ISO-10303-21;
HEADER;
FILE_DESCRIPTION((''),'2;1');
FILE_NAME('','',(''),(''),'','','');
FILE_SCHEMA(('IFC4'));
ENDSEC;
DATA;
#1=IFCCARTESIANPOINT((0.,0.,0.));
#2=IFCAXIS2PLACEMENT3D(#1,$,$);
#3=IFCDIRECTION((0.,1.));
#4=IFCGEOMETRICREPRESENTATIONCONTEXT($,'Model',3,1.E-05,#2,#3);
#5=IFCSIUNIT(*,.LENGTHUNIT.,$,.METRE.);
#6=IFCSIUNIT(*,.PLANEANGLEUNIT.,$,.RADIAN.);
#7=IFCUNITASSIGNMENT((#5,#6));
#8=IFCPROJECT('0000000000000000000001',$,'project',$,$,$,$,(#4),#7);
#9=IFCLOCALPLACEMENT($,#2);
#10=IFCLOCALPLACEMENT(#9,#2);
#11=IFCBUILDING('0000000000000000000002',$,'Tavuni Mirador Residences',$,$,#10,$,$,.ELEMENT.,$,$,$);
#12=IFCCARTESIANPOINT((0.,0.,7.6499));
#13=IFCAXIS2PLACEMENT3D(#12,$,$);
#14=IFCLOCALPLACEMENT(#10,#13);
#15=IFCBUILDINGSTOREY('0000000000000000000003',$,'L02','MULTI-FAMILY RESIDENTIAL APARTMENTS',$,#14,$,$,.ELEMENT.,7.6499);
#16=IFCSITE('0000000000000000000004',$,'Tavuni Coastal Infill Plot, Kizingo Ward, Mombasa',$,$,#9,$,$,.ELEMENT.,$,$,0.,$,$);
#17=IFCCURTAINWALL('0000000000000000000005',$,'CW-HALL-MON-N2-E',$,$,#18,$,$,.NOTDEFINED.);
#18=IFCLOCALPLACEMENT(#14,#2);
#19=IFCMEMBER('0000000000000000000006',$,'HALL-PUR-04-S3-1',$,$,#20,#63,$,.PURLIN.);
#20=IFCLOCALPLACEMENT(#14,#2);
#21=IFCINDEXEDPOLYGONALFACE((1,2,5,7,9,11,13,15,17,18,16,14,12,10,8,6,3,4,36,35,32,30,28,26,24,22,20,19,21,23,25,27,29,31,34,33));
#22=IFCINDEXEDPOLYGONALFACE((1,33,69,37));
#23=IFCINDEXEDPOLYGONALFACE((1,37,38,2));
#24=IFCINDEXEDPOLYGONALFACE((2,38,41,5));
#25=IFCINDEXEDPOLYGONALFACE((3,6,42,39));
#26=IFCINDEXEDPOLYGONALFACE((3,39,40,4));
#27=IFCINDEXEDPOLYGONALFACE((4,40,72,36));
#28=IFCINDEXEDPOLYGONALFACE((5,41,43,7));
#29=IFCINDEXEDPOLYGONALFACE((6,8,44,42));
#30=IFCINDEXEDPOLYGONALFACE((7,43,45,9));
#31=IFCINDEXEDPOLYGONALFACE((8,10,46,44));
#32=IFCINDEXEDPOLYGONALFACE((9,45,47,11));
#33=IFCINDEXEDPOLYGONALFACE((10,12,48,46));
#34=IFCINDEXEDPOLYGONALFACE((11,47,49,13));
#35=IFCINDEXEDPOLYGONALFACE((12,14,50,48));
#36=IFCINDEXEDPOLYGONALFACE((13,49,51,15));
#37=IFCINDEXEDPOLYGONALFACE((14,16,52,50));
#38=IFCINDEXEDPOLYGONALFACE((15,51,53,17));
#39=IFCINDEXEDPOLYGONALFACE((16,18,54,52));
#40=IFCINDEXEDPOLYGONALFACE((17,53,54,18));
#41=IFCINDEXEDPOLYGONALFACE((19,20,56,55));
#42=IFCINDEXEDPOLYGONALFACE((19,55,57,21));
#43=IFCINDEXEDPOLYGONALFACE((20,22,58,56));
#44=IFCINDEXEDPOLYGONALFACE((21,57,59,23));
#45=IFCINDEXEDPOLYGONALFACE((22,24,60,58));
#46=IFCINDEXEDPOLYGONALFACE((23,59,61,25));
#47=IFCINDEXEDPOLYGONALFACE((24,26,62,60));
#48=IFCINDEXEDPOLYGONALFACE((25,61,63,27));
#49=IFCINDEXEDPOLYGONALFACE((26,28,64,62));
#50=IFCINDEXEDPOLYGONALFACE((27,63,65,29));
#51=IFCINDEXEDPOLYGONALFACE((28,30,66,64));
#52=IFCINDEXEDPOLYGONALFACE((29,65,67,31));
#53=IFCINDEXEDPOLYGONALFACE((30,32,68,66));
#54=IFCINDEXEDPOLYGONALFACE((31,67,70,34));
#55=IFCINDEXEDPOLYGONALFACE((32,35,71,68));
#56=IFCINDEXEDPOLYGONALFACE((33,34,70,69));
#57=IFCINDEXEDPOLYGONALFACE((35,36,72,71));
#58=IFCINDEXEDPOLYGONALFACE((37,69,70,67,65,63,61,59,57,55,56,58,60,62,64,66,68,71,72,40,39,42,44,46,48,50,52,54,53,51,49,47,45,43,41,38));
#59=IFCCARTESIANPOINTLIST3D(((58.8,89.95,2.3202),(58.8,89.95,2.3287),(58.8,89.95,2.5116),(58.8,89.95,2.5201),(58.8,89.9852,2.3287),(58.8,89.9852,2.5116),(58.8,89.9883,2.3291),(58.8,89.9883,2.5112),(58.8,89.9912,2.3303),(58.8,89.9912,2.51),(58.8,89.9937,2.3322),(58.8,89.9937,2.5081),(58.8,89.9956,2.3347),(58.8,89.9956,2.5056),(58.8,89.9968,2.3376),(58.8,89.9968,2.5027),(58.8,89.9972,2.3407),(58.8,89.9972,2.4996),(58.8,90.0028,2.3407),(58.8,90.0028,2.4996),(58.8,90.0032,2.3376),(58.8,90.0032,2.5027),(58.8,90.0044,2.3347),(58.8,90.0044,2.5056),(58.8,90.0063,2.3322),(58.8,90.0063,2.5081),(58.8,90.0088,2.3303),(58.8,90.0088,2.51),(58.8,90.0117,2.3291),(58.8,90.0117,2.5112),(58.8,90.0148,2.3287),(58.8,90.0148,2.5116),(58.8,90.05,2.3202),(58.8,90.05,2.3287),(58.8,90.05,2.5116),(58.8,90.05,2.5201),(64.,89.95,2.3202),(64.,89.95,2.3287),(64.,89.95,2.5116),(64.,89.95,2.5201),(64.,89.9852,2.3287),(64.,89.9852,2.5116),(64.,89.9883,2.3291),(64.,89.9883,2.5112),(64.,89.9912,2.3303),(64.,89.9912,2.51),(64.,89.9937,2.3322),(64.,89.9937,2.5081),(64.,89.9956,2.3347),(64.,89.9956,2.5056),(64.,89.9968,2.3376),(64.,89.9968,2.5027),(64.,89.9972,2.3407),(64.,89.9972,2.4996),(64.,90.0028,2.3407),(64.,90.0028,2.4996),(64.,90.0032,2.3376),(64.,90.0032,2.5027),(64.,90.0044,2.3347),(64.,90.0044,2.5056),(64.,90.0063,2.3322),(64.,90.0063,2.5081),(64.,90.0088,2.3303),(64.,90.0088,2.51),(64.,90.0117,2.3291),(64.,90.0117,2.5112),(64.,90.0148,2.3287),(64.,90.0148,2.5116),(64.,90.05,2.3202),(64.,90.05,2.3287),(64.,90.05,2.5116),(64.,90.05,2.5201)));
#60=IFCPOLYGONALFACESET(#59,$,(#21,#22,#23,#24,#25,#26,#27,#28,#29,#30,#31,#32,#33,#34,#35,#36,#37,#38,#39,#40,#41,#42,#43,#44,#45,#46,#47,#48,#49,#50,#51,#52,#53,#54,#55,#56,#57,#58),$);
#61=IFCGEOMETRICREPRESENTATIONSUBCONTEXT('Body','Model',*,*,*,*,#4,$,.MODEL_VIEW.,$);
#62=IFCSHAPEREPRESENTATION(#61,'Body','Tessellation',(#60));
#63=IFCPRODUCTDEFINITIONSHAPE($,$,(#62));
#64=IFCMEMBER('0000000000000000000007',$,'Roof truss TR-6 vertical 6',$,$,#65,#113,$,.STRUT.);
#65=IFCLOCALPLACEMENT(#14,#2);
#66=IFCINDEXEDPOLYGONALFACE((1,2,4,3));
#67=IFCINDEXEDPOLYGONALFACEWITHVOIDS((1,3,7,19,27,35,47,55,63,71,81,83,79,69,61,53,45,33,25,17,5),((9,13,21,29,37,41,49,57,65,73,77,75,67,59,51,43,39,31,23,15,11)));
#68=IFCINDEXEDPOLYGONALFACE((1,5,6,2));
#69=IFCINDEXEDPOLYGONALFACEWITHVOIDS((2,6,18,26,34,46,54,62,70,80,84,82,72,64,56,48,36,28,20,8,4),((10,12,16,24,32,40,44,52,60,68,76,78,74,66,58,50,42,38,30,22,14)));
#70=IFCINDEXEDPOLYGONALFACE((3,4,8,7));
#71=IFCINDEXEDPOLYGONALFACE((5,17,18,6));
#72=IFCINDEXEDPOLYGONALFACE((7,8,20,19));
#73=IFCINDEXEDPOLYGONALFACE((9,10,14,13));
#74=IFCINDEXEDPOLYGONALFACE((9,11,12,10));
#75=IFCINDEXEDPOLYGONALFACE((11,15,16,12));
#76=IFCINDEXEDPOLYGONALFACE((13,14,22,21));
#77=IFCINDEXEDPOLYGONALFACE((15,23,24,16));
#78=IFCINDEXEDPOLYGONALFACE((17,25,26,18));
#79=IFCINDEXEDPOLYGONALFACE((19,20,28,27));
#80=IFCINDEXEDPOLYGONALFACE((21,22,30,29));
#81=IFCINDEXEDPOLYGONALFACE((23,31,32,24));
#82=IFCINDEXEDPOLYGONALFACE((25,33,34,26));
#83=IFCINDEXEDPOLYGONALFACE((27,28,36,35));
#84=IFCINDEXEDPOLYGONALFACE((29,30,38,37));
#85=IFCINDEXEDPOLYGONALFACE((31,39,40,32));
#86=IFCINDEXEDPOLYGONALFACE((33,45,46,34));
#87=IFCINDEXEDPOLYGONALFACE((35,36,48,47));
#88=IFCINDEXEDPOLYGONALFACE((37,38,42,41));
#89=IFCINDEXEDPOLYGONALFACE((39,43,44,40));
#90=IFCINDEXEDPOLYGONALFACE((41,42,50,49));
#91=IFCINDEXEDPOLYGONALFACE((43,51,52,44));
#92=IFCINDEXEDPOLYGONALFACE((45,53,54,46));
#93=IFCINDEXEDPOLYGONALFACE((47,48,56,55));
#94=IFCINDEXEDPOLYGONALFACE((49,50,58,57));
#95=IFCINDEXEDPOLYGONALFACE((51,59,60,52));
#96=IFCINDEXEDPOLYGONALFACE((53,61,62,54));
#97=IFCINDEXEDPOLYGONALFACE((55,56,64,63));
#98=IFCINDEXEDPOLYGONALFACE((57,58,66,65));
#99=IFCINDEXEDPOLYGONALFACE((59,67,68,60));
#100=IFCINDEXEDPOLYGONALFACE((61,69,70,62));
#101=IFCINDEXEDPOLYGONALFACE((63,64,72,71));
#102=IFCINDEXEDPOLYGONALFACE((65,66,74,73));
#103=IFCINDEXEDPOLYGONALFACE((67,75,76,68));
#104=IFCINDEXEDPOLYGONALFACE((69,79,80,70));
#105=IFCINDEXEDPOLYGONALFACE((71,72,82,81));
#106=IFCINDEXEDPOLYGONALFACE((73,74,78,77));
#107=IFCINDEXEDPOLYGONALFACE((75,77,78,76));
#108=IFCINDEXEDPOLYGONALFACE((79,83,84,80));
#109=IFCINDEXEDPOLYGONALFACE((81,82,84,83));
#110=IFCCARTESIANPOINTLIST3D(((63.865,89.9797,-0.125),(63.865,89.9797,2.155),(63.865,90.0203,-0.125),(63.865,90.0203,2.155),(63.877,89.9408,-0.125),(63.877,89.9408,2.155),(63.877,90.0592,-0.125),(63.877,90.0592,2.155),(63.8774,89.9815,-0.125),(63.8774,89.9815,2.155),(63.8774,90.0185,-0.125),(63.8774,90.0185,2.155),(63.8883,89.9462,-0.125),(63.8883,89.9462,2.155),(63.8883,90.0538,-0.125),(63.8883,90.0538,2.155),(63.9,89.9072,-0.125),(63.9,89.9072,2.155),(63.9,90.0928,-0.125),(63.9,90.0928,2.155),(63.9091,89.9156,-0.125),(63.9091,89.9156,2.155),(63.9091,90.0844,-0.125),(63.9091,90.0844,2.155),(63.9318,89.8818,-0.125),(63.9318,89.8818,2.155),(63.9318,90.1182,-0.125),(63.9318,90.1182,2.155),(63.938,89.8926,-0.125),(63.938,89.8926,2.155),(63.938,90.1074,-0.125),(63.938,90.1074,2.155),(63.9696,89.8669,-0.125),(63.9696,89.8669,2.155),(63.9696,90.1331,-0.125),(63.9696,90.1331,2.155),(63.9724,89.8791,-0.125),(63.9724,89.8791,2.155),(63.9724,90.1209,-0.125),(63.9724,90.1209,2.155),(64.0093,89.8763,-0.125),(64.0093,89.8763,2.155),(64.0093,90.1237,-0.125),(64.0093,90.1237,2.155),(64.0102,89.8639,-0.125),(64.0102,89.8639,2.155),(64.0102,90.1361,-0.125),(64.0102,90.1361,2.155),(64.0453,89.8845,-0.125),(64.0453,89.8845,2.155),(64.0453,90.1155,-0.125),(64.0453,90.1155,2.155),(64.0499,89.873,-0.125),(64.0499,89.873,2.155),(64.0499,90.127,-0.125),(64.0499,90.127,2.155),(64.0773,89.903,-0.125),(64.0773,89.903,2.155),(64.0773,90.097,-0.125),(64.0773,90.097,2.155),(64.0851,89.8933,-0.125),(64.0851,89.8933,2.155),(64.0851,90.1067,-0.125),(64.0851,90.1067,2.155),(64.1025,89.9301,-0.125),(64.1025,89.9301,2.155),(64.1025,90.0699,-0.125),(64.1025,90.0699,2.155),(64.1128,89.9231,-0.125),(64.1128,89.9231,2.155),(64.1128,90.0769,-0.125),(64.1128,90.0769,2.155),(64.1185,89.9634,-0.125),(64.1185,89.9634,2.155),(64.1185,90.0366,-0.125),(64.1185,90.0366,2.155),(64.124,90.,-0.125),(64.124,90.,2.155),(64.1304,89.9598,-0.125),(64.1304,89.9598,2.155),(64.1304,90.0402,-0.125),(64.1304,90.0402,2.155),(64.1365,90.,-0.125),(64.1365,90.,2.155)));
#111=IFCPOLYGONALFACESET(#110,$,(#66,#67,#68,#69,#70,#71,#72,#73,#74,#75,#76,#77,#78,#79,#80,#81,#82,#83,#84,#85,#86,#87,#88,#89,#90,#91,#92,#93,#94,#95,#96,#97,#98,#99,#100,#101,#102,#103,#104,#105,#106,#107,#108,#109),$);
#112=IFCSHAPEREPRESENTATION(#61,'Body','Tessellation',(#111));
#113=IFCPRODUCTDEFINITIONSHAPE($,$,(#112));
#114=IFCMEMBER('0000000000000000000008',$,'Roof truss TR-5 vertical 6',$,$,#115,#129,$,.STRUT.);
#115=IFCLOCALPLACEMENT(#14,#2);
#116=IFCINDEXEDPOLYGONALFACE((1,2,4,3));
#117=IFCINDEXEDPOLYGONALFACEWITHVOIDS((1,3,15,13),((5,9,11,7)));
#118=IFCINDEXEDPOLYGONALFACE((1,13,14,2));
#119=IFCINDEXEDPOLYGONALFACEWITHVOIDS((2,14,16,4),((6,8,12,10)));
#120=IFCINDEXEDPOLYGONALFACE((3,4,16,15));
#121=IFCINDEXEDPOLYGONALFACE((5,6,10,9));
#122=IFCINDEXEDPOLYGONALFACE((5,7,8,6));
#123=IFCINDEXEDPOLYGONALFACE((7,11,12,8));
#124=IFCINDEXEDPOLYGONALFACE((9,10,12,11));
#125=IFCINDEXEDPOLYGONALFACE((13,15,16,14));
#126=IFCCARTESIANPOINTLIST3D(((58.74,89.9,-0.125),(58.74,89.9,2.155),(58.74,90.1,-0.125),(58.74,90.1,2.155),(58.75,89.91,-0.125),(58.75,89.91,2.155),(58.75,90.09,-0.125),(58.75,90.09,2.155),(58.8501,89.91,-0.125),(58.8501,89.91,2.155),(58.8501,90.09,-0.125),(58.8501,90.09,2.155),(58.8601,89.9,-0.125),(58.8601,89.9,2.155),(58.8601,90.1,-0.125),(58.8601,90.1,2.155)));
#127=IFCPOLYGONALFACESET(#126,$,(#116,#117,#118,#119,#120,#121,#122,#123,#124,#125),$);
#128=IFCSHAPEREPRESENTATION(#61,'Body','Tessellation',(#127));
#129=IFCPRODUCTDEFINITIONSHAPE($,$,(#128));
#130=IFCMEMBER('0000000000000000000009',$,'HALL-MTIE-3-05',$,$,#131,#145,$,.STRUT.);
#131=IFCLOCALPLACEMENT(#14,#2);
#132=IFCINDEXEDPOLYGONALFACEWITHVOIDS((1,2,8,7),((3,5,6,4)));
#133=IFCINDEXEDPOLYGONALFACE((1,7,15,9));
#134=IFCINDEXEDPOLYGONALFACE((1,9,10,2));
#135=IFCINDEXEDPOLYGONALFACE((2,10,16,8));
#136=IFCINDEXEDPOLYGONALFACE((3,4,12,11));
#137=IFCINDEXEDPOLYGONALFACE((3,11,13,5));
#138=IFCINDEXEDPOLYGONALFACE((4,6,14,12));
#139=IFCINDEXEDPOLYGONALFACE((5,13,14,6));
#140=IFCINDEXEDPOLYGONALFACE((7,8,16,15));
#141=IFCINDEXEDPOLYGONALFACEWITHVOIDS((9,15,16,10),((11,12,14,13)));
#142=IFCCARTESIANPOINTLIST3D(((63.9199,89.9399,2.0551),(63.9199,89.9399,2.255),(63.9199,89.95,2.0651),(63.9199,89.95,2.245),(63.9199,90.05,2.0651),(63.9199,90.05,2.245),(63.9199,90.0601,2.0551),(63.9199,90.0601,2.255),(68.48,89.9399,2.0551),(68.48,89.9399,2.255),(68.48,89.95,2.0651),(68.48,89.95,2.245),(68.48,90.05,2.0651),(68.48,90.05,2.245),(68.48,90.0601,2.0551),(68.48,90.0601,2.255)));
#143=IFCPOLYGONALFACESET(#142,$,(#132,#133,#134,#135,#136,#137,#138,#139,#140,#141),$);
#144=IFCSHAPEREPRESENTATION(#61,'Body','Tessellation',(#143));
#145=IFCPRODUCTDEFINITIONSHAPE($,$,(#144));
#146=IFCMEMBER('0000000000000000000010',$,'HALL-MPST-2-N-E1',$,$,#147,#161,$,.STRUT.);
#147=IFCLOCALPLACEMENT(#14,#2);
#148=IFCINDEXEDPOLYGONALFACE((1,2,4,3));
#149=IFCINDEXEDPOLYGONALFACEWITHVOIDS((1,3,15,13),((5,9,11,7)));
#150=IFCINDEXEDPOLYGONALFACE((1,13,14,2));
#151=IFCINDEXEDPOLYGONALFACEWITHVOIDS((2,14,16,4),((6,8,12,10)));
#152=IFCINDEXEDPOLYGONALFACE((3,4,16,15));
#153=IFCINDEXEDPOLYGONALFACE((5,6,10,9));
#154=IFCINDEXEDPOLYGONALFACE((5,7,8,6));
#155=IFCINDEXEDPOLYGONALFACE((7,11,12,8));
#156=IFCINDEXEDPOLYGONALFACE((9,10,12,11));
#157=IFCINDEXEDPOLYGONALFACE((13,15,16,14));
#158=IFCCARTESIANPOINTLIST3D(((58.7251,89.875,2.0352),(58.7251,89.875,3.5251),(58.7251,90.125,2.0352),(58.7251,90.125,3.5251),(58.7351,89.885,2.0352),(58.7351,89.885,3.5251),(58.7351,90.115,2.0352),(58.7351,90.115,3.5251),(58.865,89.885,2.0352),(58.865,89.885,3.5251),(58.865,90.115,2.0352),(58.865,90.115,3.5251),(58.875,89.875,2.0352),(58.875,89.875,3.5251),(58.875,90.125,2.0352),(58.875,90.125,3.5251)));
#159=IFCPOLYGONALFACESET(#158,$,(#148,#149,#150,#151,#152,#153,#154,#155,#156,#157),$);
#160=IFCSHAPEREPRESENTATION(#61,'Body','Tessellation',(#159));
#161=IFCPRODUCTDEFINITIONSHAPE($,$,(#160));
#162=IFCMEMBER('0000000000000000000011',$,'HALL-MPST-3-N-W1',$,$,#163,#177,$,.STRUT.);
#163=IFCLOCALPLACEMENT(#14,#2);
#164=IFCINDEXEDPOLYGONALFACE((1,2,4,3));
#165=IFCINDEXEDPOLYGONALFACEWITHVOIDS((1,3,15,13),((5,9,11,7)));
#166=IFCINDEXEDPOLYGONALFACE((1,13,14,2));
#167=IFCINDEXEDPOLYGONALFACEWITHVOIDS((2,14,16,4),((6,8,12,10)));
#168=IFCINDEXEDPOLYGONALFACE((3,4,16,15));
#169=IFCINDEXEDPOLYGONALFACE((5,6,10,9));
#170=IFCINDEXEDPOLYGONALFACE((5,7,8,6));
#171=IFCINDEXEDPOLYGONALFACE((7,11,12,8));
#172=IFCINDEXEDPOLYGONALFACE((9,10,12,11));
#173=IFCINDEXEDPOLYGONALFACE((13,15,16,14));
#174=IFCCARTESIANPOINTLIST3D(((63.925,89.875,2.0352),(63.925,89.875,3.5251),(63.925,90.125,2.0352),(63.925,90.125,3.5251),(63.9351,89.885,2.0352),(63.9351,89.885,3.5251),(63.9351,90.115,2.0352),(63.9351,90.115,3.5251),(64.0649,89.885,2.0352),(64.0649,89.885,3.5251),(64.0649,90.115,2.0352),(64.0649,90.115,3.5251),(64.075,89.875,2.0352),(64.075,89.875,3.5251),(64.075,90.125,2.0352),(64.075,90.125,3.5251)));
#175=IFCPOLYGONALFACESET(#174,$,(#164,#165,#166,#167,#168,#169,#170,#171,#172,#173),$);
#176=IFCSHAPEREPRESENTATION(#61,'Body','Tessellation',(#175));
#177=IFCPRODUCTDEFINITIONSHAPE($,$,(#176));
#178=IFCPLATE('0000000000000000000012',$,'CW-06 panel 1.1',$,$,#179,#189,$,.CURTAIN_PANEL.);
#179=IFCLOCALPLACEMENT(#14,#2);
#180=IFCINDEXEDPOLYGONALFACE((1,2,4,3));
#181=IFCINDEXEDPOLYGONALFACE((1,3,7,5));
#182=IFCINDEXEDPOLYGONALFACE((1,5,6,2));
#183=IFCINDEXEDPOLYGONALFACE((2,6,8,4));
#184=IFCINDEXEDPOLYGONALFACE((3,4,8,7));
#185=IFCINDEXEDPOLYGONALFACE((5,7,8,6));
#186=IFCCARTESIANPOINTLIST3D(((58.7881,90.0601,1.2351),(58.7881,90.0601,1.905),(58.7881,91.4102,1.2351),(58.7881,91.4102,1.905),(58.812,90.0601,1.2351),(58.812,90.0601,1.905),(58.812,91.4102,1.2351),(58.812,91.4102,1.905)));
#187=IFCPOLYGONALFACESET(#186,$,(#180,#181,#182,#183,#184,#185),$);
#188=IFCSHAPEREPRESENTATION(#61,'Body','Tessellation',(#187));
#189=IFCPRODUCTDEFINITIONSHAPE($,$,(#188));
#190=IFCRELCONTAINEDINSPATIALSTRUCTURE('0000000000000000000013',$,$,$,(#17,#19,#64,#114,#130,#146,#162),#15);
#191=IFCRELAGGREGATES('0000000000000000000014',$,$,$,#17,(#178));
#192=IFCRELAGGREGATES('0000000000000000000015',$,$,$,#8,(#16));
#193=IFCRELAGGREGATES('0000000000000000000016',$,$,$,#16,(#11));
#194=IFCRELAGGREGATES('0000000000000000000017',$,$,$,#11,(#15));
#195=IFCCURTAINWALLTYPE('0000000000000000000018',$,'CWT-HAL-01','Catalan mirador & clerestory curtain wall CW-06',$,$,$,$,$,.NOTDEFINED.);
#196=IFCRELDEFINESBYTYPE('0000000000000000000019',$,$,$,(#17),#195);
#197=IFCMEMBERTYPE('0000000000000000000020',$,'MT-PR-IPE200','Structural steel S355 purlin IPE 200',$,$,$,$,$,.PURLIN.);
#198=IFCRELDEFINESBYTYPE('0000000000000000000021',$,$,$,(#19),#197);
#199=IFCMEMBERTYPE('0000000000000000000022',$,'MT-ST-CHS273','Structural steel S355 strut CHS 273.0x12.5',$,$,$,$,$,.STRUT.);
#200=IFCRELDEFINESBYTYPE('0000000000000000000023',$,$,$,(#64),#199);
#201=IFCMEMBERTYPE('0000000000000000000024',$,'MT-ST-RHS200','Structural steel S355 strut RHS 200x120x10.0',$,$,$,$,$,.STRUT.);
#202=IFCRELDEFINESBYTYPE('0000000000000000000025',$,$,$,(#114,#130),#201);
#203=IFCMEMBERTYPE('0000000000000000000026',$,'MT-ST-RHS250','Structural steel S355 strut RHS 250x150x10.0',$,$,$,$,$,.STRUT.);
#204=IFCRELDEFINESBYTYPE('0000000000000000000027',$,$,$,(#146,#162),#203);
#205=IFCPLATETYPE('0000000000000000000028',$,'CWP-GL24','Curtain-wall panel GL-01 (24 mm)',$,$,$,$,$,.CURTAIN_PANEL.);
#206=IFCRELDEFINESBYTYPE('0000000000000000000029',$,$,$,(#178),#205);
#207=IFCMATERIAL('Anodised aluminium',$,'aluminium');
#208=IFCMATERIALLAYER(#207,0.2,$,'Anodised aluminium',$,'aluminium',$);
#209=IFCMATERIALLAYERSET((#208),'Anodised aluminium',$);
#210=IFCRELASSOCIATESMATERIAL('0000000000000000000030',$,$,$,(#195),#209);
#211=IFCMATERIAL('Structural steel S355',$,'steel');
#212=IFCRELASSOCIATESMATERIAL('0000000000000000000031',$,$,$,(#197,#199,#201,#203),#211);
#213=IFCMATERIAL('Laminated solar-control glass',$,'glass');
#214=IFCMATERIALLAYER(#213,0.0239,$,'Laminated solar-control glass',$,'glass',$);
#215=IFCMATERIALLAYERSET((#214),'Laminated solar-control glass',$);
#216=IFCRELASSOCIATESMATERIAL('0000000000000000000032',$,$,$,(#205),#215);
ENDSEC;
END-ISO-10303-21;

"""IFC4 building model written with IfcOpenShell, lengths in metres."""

from ifc_helpers import new_model, si_unit, direction, frame, origin, origin_2d, place, context, subcontext, project, spatial, rectangle, hollow_rectangle, hollow_circle, i_section, extrude, material, layer, layer_set, material_profile, profile_set, type_object, element, aggregate, save


model = new_model("IFC4")

# Units and contexts
model_context = context("Model", 3, precision=1e-05, world=origin(), true_north=direction((0.0, 1.0)))
body_context = subcontext(model_context, "Body", "Model", "MODEL_VIEW")
ifc_project = project(units=[si_unit("LENGTHUNIT", "METRE"), si_unit("PLANEANGLEUNIT", "RADIAN")], contexts=[model_context])

# Site, building, storey
site_placement = place(None, origin())
site = spatial("IfcSite", under=ifc_project, at=site_placement, Name="Tavuni Coastal Infill Plot, Kizingo Ward, Mombasa", CompositionType="ELEMENT", RefElevation=0.0)
building_placement = place(site_placement, origin())
building = spatial("IfcBuilding", under=site, at=building_placement, Name="Tavuni Mirador Residences", CompositionType="ELEMENT")
storey_placement = place(building_placement, frame((0.0, 0.0, 7.6499)))
storey = spatial("IfcBuildingStorey", under=building, at=storey_placement, Name="L02", Description="MULTI-FAMILY RESIDENTIAL APARTMENTS", CompositionType="ELEMENT", Elevation=7.6499)

# Curtain wall
ifc_material_1 = material(Name="Anodised aluminium", Category="aluminium")
ifc_layer_1 = layer(ifc_material_1, 0.2, Name="Anodised aluminium", Category="aluminium")
ifc_layer_set_1 = layer_set([ifc_layer_1], Name="Anodised aluminium")
curtain_wall_type = type_object("IfcCurtainWallType", Name="CWT-HAL-01", Description="Catalan mirador & clerestory curtain wall CW-06", PredefinedType="NOTDEFINED", material=ifc_layer_set_1)
curtain_wall_1_placement = place(storey_placement, origin())
curtain_wall_1 = element("IfcCurtainWall", 1, at=curtain_wall_1_placement, inside=storey, type_object=curtain_wall_type, Name="CW-HALL-MON-N2-E", PredefinedType="NOTDEFINED")

# Members
ifc_material_2 = material(Name="Structural steel S355", Category="steel")
ifc_material_profile_1 = material_profile(ifc_material_2, i_section(OverallWidth=0.1001, OverallDepth=0.2, WebThickness=0.0056, FlangeThickness=0.0085, FilletRadius=0.012, at=origin_2d()), Name="IPE 200", Category="steel")
ifc_profile_set_1 = profile_set([ifc_material_profile_1], Name="Structural steel S355")
member_type_1 = type_object("IfcMemberType", Name="MT-PR-IPE200", Description="Structural steel S355 purlin IPE 200", PredefinedType="PURLIN", material=ifc_profile_set_1)
member_1_placement = place(storey_placement, frame((58.8, 90.0, 2.4202), z_axis=(1.0, 0.0, 0.0), x_axis=(0.0, 1.0, 0.0)))
element("IfcMember", 2, at=member_1_placement, inside=storey, type_object=member_type_1, Name="HALL-PUR-04-S3-1", PredefinedType="PURLIN", context=body_context, shape_type="SweptSolid", body=[
    extrude(i_section(OverallWidth=0.1001, OverallDepth=0.2, WebThickness=0.0056, FlangeThickness=0.0085, FilletRadius=0.012, at=origin_2d()), origin(), (0.0, 0.0, 1.0), 5.2),
])
ifc_material_profile_2 = material_profile(ifc_material_2, hollow_circle(Radius=0.1365, WallThickness=0.0125, at=origin_2d()), Name="CHS 273.0x12.5", Category="steel")
ifc_profile_set_2 = profile_set([ifc_material_profile_2], Name="Structural steel S355")
member_type_2 = type_object("IfcMemberType", Name="MT-ST-CHS273", Description="Structural steel S355 strut CHS 273.0x12.5", PredefinedType="STRUT", material=ifc_profile_set_2)
member_2_placement = place(storey_placement, frame((64.0, 90.0, -0.125), z_axis=(0.0, 0.0, 1.0), x_axis=(1.0, 0.0, 0.0)))
element("IfcMember", 3, at=member_2_placement, inside=storey, type_object=member_type_2, Name="Roof truss TR-6 vertical 6", PredefinedType="STRUT", context=body_context, shape_type="SweptSolid", body=[
    extrude(hollow_circle(Radius=0.1365, WallThickness=0.0125, at=origin_2d()), origin(), (0.0, 0.0, 1.0), 2.28),
])
ifc_material_profile_3 = material_profile(ifc_material_2, hollow_rectangle(XDim=0.1201, YDim=0.2, WallThickness=0.01, at=origin_2d()), Name="RHS 200x120x10.0", Category="steel")
ifc_profile_set_3 = profile_set([ifc_material_profile_3], Name="Structural steel S355")
member_type_3 = type_object("IfcMemberType", Name="MT-ST-RHS200", Description="Structural steel S355 strut RHS 200x120x10.0", PredefinedType="STRUT", material=ifc_profile_set_3)
member_3_placement = place(storey_placement, frame((58.8, 90.0, -0.125), z_axis=(0.0, 0.0, 1.0), x_axis=(1.0, 0.0, 0.0)))
element("IfcMember", 4, at=member_3_placement, inside=storey, type_object=member_type_3, Name="Roof truss TR-5 vertical 6", PredefinedType="STRUT", context=body_context, shape_type="SweptSolid", body=[
    extrude(hollow_rectangle(XDim=0.1201, YDim=0.2, WallThickness=0.01, at=origin_2d()), origin(), (0.0, 0.0, 1.0), 2.28),
])
member_4_placement = place(storey_placement, frame((63.9199, 90.0, 2.155), z_axis=(1.0, 0.0, 0.0), x_axis=(0.0, 1.0, 0.0)))
element("IfcMember", 5, at=member_4_placement, inside=storey, type_object=member_type_3, Name="HALL-MTIE-3-05", PredefinedType="STRUT", context=body_context, shape_type="SweptSolid", body=[
    extrude(hollow_rectangle(XDim=0.1201, YDim=0.2, WallThickness=0.01, at=origin_2d()), origin(), (0.0, 0.0, 1.0), 4.5601),
])
ifc_material_profile_4 = material_profile(ifc_material_2, hollow_rectangle(XDim=0.1499, YDim=0.25, WallThickness=0.01, at=origin_2d()), Name="RHS 250x150x10.0", Category="steel")
ifc_profile_set_4 = profile_set([ifc_material_profile_4], Name="Structural steel S355")
member_type_4 = type_object("IfcMemberType", Name="MT-ST-RHS250", Description="Structural steel S355 strut RHS 250x150x10.0", PredefinedType="STRUT", material=ifc_profile_set_4)
for number, where, z_axis, x_axis, name in (
    (6, (58.8, 90.0, 2.0352), (0.0, 0.0, 1.0), (1.0, 0.0, 0.0), "HALL-MPST-2-N-E1"),
    (7, (64.0, 90.0, 2.0352), (0.0, 0.0, 1.0), (1.0, 0.0, 0.0), "HALL-MPST-3-N-W1"),
):
    element("IfcMember", number, at=place(storey_placement, frame(where, z_axis=z_axis, x_axis=x_axis)), inside=storey, type_object=member_type_4, Name=name, PredefinedType="STRUT", context=body_context, shape_type="SweptSolid", body=[
        extrude(hollow_rectangle(XDim=0.1499, YDim=0.25, WallThickness=0.01, at=origin_2d()), origin(), (0.0, 0.0, 1.0), 1.49),
    ])

# Plate
ifc_material_3 = material(Name="Laminated solar-control glass", Category="glass")
ifc_layer_2 = layer(ifc_material_3, 0.0239, Name="Laminated solar-control glass", Category="glass")
ifc_layer_set_2 = layer_set([ifc_layer_2], Name="Laminated solar-control glass")
plate_type_1 = type_object("IfcPlateType", Name="CWP-GL24", Description="Curtain-wall panel GL-01 (24 mm)", PredefinedType="CURTAIN_PANEL", material=ifc_layer_set_2)
plate_1_placement = place(storey_placement, frame((58.8, 90.7351, 1.2351), z_axis=(0.0, 0.0, 1.0), x_axis=(0.0, 1.0, 0.0)))
plate_1 = element("IfcPlate", 8, at=plate_1_placement, type_object=plate_type_1, Name="CW-06 panel 1.1", PredefinedType="CURTAIN_PANEL", context=body_context, shape_type="SweptSolid", body=[
    extrude(rectangle(XDim=1.3501, YDim=0.0239, at=origin_2d()), origin(), (0.0, 0.0, 1.0), 0.6699),
])
aggregate(curtain_wall_1, [plate_1])

save(model, "model.ifc")
